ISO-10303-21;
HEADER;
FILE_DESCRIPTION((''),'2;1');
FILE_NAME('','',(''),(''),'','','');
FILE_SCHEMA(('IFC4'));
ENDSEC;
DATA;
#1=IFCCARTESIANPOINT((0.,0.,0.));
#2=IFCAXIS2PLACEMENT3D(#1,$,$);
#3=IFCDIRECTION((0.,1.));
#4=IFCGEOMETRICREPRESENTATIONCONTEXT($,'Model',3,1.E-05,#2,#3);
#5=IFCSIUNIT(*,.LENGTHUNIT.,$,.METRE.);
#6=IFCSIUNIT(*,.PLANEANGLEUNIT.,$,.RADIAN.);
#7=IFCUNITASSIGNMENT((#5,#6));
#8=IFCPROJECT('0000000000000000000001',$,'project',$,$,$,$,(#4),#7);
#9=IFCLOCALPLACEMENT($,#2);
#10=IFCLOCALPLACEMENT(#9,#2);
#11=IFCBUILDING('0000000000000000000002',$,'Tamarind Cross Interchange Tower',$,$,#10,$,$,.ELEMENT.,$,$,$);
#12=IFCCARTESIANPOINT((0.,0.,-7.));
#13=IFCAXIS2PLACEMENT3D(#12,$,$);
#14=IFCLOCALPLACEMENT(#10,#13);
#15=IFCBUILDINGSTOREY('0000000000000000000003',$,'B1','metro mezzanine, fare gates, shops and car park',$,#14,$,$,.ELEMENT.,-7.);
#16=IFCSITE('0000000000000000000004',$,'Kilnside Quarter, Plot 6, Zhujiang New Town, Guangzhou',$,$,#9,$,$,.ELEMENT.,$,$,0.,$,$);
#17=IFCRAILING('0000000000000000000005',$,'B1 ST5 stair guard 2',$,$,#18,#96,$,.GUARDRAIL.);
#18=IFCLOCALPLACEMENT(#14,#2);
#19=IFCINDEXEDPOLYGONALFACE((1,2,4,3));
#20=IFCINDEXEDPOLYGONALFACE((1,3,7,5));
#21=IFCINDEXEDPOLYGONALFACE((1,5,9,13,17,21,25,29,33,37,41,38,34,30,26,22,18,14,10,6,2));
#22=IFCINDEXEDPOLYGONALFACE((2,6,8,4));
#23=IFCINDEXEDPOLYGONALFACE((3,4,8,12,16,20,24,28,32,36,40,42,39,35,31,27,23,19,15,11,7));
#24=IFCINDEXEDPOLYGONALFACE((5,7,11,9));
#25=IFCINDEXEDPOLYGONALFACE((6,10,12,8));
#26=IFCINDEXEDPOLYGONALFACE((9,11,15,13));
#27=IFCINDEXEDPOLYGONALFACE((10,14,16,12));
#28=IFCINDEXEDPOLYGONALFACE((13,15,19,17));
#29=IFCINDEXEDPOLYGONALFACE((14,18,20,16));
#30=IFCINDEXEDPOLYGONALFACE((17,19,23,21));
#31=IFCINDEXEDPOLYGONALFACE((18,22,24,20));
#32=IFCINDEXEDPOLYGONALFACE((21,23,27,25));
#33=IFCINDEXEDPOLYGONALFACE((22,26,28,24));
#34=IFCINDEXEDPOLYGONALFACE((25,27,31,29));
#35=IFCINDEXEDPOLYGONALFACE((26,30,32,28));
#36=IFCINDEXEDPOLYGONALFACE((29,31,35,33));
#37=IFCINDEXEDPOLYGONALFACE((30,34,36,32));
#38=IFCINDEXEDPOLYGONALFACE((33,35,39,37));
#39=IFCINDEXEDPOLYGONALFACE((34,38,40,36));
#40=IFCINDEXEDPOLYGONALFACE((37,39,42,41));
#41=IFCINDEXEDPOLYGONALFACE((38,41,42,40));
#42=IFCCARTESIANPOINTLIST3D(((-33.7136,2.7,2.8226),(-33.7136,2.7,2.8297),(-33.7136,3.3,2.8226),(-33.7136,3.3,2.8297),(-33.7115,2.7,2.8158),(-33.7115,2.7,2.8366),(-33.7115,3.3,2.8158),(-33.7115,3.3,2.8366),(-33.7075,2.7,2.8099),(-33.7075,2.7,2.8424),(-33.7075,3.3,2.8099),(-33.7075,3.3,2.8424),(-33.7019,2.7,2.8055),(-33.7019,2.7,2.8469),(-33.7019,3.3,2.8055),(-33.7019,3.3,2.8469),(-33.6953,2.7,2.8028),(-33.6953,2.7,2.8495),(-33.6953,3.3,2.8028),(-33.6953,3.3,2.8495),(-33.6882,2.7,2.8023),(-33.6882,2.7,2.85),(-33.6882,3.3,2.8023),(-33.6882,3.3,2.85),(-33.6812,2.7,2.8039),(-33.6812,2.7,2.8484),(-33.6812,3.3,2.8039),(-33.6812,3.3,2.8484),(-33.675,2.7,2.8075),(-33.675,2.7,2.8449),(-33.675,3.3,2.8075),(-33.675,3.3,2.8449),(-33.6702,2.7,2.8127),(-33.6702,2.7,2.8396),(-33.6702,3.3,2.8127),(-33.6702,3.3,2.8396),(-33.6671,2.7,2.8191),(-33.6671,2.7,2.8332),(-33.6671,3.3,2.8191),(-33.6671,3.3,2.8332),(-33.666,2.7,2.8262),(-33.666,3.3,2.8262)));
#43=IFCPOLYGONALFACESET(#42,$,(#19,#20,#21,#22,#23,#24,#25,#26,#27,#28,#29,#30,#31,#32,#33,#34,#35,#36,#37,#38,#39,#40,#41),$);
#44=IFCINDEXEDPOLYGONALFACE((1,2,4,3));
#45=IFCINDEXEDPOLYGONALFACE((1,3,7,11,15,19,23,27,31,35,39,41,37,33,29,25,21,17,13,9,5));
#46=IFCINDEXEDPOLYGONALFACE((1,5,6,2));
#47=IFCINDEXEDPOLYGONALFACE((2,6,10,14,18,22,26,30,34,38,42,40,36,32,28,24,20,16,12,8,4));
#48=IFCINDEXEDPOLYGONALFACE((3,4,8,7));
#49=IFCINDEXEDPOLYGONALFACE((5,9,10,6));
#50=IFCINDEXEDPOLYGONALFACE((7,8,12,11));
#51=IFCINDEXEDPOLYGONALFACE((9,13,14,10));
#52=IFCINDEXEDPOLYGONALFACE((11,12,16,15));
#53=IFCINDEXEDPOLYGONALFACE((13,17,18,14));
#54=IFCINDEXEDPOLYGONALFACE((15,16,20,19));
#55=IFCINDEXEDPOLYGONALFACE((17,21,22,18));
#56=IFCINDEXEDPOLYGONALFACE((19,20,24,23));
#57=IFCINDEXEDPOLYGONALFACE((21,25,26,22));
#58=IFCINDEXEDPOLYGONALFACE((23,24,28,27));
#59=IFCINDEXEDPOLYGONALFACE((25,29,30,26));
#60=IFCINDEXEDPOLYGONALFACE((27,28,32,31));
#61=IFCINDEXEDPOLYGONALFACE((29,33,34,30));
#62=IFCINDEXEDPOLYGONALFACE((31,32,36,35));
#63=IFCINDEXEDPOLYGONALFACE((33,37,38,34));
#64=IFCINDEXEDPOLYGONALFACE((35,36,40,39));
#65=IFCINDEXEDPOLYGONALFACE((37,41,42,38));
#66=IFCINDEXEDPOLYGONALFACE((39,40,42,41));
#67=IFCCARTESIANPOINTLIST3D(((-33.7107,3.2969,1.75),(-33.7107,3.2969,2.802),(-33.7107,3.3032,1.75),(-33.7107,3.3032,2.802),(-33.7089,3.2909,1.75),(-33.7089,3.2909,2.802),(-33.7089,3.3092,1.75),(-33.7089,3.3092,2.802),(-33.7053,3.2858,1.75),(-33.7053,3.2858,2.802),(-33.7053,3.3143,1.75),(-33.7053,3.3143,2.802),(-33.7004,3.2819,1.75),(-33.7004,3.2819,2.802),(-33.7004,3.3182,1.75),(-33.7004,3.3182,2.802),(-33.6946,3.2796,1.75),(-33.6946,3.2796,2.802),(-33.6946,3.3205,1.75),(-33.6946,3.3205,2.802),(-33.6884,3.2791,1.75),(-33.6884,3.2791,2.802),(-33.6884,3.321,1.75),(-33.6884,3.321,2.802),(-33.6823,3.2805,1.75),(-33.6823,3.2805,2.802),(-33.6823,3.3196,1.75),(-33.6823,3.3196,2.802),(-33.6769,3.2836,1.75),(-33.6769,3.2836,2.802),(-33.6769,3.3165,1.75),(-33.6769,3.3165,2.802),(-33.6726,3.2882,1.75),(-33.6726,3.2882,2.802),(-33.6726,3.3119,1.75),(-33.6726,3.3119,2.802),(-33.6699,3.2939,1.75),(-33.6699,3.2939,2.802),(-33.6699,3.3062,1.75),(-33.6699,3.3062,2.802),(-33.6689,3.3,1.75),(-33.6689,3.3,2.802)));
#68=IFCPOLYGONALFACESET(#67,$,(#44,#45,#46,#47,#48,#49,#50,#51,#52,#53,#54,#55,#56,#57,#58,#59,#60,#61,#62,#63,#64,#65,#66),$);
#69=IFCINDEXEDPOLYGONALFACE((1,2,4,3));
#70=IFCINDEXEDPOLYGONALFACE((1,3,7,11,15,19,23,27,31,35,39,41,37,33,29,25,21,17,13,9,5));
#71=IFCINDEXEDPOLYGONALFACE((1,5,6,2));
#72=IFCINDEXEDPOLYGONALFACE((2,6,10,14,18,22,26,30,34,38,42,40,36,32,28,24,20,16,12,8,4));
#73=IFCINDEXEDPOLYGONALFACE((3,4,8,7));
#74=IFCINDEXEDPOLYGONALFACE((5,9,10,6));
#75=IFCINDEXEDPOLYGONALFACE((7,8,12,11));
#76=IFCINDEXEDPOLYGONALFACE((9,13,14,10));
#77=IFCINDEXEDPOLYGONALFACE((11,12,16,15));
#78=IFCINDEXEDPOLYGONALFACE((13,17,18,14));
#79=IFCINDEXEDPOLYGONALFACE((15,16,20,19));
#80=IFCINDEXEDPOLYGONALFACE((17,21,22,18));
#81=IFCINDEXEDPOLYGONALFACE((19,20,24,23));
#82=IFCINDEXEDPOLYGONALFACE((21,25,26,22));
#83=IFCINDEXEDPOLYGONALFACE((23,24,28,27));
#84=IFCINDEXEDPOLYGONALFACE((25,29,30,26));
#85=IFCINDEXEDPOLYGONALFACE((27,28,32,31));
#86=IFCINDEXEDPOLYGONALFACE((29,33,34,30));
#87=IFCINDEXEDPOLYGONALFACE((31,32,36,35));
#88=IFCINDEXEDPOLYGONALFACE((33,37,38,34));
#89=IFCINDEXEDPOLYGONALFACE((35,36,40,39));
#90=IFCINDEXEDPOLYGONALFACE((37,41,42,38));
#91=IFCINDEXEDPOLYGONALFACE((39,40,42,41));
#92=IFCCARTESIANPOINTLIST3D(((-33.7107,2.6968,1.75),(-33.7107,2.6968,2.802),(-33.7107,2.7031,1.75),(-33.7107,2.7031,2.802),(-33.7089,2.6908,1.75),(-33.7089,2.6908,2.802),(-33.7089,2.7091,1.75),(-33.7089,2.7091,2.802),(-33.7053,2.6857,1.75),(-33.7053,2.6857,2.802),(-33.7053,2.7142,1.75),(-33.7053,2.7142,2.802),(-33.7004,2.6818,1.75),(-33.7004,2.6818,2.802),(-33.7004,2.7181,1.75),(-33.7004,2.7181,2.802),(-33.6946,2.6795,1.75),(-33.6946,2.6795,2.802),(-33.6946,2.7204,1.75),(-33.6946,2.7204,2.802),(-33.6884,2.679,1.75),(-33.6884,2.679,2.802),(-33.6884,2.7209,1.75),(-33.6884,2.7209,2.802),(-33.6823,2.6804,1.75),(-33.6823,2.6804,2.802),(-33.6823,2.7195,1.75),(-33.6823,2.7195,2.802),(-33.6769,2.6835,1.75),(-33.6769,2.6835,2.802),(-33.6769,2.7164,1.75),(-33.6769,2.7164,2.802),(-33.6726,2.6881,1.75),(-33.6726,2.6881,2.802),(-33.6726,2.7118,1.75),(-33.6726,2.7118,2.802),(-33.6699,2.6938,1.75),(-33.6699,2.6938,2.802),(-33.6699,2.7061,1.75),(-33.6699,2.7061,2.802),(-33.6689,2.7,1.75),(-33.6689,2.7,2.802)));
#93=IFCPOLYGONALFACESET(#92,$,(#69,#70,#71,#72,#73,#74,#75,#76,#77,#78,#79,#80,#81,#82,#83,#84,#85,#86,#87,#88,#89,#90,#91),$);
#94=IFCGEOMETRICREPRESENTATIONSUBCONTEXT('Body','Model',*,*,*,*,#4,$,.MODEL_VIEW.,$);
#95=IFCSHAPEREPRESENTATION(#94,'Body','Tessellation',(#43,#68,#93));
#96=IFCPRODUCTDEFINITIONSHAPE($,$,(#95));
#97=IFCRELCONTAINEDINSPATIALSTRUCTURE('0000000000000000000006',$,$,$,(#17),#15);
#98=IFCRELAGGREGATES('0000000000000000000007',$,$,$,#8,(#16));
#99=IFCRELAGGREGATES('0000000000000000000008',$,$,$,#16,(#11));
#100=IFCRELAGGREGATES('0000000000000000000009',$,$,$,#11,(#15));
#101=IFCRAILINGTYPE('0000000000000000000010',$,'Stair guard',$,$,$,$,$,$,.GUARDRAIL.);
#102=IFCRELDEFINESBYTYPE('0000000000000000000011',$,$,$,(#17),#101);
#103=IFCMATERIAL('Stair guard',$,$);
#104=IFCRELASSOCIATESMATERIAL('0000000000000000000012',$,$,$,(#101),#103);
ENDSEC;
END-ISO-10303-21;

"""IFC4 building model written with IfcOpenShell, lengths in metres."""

from ifc_helpers import new_model, si_unit, direction, frame, origin, origin_2d, place, context, subcontext, project, spatial, circle, extrude, material, type_object, element, save


model = new_model("IFC4")

# Units and contexts
model_context = context("Model", 3, precision=1e-05, world=origin(), true_north=direction((0.0, 1.0)))
body_context = subcontext(model_context, "Body", "Model", "MODEL_VIEW")
ifc_project = project(units=[si_unit("LENGTHUNIT", "METRE"), si_unit("PLANEANGLEUNIT", "RADIAN")], contexts=[model_context])

# Site, building, storey
site_placement = place(None, origin())
site = spatial("IfcSite", under=ifc_project, at=site_placement, Name="Kilnside Quarter, Plot 6, Zhujiang New Town, Guangzhou", CompositionType="ELEMENT", RefElevation=0.0)
building_placement = place(site_placement, origin())
building = spatial("IfcBuilding", under=site, at=building_placement, Name="Tamarind Cross Interchange Tower", CompositionType="ELEMENT")
storey_placement = place(building_placement, frame((0.0, 0.0, -7.0)))
storey = spatial("IfcBuildingStorey", under=building, at=storey_placement, Name="B1", Description="metro mezzanine, fare gates, shops and car park", CompositionType="ELEMENT", Elevation=-7.0)

# Railing
ifc_material_1 = material(Name="Stair guard")
railing_type_1 = type_object("IfcRailingType", Name="Stair guard", PredefinedType="GUARDRAIL", material=ifc_material_1)
railing_1_placement = place(storey_placement, frame((-33.6899, 3.3, 1.75)))
element("IfcRailing", 1, at=railing_1_placement, inside=storey, type_object=railing_type_1, Name="B1 ST5 stair guard 2", PredefinedType="GUARDRAIL", context=body_context, shape_type="SweptSolid", body=[
    extrude(circle(Radius=0.0239, at=origin_2d()), frame((0.0, 0.0, 1.0762), z_axis=(0.0, -1.0, 0.0), x_axis=(1.0, 0.0, 0.0)), (0.0, 0.0, 1.0), 0.6001),
    extrude(circle(Radius=0.021, at=origin_2d()), origin(), (0.0, 0.0, 1.0), 1.052),
    extrude(circle(Radius=0.021, at=origin_2d()), frame((0.0, -0.6001, 0.0)), (0.0, 0.0, 1.0), 1.052),
])

save(model, "model.ifc")
